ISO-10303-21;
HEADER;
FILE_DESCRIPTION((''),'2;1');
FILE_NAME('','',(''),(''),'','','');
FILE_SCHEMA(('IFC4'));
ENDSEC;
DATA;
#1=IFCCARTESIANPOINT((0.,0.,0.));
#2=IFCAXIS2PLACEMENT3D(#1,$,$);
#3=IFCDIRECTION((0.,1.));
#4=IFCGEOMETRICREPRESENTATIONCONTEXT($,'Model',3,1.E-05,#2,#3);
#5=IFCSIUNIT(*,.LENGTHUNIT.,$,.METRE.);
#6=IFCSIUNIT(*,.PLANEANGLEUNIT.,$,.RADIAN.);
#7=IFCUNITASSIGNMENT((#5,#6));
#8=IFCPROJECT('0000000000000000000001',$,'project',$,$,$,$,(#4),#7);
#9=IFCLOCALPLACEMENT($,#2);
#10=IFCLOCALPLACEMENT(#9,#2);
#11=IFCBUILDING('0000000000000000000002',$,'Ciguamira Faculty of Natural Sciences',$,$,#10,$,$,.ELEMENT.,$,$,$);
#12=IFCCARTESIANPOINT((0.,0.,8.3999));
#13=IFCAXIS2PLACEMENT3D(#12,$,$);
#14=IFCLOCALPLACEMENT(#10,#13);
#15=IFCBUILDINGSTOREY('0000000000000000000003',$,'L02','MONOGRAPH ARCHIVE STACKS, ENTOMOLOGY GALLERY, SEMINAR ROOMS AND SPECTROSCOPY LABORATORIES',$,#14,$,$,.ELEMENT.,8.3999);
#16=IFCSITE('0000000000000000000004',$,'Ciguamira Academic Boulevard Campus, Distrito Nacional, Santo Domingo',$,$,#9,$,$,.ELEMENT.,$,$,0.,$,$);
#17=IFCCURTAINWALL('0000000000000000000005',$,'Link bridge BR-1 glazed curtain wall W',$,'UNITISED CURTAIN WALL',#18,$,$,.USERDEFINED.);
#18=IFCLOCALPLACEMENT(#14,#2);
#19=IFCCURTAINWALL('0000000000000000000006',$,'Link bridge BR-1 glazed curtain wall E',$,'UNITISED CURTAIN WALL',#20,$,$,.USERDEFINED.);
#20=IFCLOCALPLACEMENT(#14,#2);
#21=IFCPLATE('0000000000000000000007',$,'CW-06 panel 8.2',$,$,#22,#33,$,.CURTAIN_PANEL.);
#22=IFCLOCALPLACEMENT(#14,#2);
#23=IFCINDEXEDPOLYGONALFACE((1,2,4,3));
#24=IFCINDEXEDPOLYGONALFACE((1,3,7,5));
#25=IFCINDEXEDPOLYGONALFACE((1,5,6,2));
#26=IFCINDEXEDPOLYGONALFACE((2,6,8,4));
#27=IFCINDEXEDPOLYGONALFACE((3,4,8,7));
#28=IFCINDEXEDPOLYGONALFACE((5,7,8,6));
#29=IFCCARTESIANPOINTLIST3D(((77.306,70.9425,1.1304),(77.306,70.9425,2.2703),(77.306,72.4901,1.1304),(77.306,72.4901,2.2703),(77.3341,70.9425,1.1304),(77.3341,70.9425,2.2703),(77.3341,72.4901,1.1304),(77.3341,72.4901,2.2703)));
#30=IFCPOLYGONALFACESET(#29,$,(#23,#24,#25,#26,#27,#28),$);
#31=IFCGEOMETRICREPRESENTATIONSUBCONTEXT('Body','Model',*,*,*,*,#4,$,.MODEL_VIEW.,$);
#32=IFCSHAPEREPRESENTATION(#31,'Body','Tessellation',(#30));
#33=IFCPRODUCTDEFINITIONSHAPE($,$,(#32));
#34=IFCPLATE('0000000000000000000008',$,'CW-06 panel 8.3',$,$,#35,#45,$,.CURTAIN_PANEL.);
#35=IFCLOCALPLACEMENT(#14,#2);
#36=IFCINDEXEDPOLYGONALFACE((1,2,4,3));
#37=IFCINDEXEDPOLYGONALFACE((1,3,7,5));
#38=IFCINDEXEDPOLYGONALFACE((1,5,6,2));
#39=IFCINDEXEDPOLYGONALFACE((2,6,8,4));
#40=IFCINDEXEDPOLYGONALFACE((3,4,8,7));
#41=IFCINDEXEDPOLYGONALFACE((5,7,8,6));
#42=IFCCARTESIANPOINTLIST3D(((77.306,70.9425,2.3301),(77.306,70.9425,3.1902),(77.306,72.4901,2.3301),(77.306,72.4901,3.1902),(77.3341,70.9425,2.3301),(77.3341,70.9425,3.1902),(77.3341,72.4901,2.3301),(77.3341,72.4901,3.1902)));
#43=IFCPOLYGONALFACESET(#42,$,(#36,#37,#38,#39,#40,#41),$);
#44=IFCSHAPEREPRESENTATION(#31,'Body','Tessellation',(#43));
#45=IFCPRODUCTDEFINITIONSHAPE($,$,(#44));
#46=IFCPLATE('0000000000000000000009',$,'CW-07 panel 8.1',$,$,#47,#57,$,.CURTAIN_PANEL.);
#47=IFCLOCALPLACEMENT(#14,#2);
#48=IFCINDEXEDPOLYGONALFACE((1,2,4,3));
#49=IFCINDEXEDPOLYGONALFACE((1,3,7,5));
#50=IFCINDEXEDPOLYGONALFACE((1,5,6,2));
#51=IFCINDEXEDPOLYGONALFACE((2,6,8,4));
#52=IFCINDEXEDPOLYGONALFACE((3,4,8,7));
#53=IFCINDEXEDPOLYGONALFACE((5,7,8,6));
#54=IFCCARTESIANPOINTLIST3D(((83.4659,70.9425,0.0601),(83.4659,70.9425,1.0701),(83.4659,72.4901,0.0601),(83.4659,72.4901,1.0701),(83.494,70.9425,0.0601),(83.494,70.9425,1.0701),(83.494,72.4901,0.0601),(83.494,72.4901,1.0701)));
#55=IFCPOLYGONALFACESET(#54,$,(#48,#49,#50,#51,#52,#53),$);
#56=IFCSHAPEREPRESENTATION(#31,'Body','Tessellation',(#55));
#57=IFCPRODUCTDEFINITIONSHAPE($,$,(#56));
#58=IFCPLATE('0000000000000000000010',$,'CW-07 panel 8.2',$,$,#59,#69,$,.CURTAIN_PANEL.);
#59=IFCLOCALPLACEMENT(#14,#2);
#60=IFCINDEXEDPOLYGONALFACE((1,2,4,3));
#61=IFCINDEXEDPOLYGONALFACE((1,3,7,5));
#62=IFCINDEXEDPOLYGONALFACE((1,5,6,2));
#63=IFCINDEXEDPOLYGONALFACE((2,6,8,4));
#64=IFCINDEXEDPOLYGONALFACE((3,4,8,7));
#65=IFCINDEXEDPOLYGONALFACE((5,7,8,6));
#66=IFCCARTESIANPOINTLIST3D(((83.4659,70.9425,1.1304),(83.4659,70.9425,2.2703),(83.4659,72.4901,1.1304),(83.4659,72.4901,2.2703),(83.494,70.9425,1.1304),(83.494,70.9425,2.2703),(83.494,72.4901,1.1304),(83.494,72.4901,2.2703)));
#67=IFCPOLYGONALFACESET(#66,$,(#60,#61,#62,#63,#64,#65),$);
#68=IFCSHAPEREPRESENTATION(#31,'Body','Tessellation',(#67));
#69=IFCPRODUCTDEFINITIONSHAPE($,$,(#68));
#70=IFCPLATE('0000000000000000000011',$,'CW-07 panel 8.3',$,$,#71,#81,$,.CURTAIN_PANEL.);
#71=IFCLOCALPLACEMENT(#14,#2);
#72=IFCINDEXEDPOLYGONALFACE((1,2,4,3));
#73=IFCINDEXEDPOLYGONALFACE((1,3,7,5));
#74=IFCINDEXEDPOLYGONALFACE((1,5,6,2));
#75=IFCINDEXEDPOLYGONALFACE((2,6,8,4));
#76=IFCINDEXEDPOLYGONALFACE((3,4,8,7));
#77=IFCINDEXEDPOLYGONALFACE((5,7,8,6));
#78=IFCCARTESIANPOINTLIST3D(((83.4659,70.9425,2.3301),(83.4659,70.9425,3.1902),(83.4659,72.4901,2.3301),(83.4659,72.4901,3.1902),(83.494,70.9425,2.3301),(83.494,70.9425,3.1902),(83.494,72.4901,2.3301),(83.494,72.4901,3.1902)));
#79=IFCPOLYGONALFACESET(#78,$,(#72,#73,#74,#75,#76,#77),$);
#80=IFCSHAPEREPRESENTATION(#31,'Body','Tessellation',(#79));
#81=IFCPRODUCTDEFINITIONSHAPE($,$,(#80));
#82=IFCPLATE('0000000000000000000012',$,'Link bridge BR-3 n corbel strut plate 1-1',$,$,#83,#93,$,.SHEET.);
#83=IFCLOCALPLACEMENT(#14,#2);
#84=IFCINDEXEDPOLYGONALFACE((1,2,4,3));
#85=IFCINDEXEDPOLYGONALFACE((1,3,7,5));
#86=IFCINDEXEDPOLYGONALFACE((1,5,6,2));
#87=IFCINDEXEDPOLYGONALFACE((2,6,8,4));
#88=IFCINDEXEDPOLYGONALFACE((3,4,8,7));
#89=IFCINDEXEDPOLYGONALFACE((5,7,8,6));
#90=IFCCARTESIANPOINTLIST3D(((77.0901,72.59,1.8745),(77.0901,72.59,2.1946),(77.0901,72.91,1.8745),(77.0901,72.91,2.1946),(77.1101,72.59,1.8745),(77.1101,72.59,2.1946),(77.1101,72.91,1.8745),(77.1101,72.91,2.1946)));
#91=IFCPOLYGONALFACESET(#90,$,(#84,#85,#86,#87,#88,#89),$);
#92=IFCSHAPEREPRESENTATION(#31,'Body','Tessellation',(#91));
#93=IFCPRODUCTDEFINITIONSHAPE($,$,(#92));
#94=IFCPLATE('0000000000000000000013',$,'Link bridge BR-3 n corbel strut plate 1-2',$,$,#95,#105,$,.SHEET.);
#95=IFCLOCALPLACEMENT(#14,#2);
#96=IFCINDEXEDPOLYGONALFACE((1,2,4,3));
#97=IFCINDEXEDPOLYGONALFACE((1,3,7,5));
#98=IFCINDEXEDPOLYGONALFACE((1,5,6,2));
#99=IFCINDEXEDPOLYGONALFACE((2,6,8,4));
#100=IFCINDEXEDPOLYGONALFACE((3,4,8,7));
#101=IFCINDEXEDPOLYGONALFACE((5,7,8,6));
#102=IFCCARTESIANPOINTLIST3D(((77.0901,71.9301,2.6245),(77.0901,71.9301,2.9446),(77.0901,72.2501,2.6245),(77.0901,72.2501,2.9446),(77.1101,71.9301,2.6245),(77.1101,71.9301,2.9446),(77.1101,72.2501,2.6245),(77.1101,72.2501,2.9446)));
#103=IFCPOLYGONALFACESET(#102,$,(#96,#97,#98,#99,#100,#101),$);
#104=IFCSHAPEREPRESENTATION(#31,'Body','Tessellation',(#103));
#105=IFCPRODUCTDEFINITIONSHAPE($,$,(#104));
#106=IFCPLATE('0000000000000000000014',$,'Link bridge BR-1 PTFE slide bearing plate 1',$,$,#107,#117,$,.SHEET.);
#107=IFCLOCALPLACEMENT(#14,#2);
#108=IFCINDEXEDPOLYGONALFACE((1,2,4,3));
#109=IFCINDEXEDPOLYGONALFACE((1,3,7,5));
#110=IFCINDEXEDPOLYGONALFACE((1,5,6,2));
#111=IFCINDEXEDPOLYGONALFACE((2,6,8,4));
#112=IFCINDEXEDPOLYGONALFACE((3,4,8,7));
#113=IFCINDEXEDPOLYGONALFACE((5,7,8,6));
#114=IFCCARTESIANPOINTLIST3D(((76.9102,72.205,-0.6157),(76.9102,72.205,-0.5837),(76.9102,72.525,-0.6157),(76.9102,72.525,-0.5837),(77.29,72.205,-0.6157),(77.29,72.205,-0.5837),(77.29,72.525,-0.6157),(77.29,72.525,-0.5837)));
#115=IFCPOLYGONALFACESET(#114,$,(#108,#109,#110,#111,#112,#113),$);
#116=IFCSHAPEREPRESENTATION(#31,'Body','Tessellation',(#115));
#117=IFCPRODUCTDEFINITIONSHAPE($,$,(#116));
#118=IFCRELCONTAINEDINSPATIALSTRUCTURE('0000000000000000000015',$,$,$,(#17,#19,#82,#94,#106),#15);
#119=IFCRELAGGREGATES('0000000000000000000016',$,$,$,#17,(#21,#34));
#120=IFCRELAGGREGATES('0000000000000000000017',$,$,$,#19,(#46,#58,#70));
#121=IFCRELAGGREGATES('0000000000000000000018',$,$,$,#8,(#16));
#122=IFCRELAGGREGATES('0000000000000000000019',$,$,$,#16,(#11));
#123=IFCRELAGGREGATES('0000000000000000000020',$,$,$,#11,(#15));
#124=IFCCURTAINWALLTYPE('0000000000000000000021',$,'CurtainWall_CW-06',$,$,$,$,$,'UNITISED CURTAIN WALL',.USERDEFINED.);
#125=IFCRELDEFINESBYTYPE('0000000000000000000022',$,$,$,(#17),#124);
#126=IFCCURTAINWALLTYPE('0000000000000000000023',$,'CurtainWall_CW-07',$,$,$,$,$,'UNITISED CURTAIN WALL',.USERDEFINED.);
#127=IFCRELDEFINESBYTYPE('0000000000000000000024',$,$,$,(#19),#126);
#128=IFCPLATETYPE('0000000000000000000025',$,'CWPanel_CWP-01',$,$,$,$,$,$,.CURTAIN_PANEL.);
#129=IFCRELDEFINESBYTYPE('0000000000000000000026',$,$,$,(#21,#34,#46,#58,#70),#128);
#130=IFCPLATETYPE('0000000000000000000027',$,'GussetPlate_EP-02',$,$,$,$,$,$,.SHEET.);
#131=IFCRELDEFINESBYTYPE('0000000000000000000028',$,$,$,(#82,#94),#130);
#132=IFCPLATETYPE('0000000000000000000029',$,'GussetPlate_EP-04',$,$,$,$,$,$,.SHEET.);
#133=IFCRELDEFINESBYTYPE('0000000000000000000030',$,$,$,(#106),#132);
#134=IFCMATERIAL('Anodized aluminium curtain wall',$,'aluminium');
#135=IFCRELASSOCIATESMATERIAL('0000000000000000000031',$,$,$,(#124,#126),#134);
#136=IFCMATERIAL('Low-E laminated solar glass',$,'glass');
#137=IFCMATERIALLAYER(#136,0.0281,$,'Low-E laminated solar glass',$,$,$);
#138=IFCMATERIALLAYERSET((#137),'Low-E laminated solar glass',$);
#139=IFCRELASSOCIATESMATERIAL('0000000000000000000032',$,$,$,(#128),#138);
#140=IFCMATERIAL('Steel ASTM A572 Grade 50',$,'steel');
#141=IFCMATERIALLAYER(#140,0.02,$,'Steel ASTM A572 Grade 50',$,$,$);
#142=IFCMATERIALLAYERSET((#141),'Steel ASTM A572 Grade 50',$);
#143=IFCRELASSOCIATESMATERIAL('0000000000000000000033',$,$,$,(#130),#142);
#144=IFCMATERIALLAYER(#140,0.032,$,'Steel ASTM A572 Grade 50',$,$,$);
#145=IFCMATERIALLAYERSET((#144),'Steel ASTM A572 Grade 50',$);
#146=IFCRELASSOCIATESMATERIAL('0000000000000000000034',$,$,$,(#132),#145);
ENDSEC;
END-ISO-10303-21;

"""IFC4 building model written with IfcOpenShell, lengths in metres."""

from ifc_helpers import new_model, si_unit, direction, frame, origin, origin_2d, place, context, subcontext, project, spatial, rectangle, extrude, material, layer, layer_set, type_object, element, aggregate, save


model = new_model("IFC4")

# Units and contexts
model_context = context("Model", 3, precision=1e-05, world=origin(), true_north=direction((0.0, 1.0)))
body_context = subcontext(model_context, "Body", "Model", "MODEL_VIEW")
ifc_project = project(units=[si_unit("LENGTHUNIT", "METRE"), si_unit("PLANEANGLEUNIT", "RADIAN")], contexts=[model_context])

# Site, building, storey
site_placement = place(None, origin())
site = spatial("IfcSite", under=ifc_project, at=site_placement, Name="Ciguamira Academic Boulevard Campus, Distrito Nacional, Santo Domingo", CompositionType="ELEMENT", RefElevation=0.0)
building_placement = place(site_placement, origin())
building = spatial("IfcBuilding", under=site, at=building_placement, Name="Ciguamira Faculty of Natural Sciences", CompositionType="ELEMENT")
storey_placement = place(building_placement, frame((0.0, 0.0, 8.3999)))
storey = spatial("IfcBuildingStorey", under=building, at=storey_placement, Name="L02", Description="MONOGRAPH ARCHIVE STACKS, ENTOMOLOGY GALLERY, SEMINAR ROOMS AND SPECTROSCOPY LABORATORIES", CompositionType="ELEMENT", Elevation=8.3999)

# Curtain walls
ifc_material_1 = material(Name="Anodized aluminium curtain wall", Category="aluminium")
curtain_wall_type_1 = type_object("IfcCurtainWallType", Name="CurtainWall_CW-06", ElementType="UNITISED CURTAIN WALL", PredefinedType="USERDEFINED", material=ifc_material_1)
curtain_wall_1_placement = place(storey_placement, origin())
curtain_wall_1 = element("IfcCurtainWall", 1, at=curtain_wall_1_placement, inside=storey, type_object=curtain_wall_type_1, Name="Link bridge BR-1 glazed curtain wall W", ObjectType="UNITISED CURTAIN WALL", PredefinedType="USERDEFINED")
curtain_wall_type_2 = type_object("IfcCurtainWallType", Name="CurtainWall_CW-07", ElementType="UNITISED CURTAIN WALL", PredefinedType="USERDEFINED", material=ifc_material_1)
curtain_wall_2_placement = place(storey_placement, origin())
curtain_wall_2 = element("IfcCurtainWall", 2, at=curtain_wall_2_placement, inside=storey, type_object=curtain_wall_type_2, Name="Link bridge BR-1 glazed curtain wall E", ObjectType="UNITISED CURTAIN WALL", PredefinedType="USERDEFINED")

# Plates
ifc_material_2 = material(Name="Low-E laminated solar glass", Category="glass")
ifc_layer_1 = layer(ifc_material_2, 0.0281, Name="Low-E laminated solar glass")
ifc_layer_set_1 = layer_set([ifc_layer_1], Name="Low-E laminated solar glass")
plate_type_1 = type_object("IfcPlateType", Name="CWPanel_CWP-01", PredefinedType="CURTAIN_PANEL", material=ifc_layer_set_1)
plate_1_placement = place(storey_placement, frame((77.3201, 71.7163, 1.1304), z_axis=(0.0, 0.0, 1.0), x_axis=(0.0, 1.0, 0.0)))
plate_1 = element("IfcPlate", 3, at=plate_1_placement, type_object=plate_type_1, Name="CW-06 panel 8.2", PredefinedType="CURTAIN_PANEL", context=body_context, shape_type="SweptSolid", body=[
    extrude(rectangle(XDim=1.5476, YDim=0.0281, at=origin_2d()), origin(), (0.0, 0.0, 1.0), 1.1399),
])
plate_2_placement = place(storey_placement, frame((77.3201, 71.7163, 2.3301), z_axis=(0.0, 0.0, 1.0), x_axis=(0.0, 1.0, 0.0)))
plate_2 = element("IfcPlate", 4, at=plate_2_placement, type_object=plate_type_1, Name="CW-06 panel 8.3", PredefinedType="CURTAIN_PANEL", context=body_context, shape_type="SweptSolid", body=[
    extrude(rectangle(XDim=1.5476, YDim=0.0281, at=origin_2d()), origin(), (0.0, 0.0, 1.0), 0.8601),
])
aggregate(curtain_wall_1, [plate_1, plate_2])
plate_3_placement = place(storey_placement, frame((83.48, 71.7163, 0.0601), z_axis=(0.0, 0.0, 1.0), x_axis=(0.0, 1.0, 0.0)))
plate_3 = element("IfcPlate", 5, at=plate_3_placement, type_object=plate_type_1, Name="CW-07 panel 8.1", PredefinedType="CURTAIN_PANEL", context=body_context, shape_type="SweptSolid", body=[
    extrude(rectangle(XDim=1.5476, YDim=0.0281, at=origin_2d()), origin(), (0.0, 0.0, 1.0), 1.01),
])
plate_4_placement = place(storey_placement, frame((83.48, 71.7163, 1.1304), z_axis=(0.0, 0.0, 1.0), x_axis=(0.0, 1.0, 0.0)))
plate_4 = element("IfcPlate", 6, at=plate_4_placement, type_object=plate_type_1, Name="CW-07 panel 8.2", PredefinedType="CURTAIN_PANEL", context=body_context, shape_type="SweptSolid", body=[
    extrude(rectangle(XDim=1.5476, YDim=0.0281, at=origin_2d()), origin(), (0.0, 0.0, 1.0), 1.1399),
])
plate_5_placement = place(storey_placement, frame((83.48, 71.7163, 2.3301), z_axis=(0.0, 0.0, 1.0), x_axis=(0.0, 1.0, 0.0)))
plate_5 = element("IfcPlate", 7, at=plate_5_placement, type_object=plate_type_1, Name="CW-07 panel 8.3", PredefinedType="CURTAIN_PANEL", context=body_context, shape_type="SweptSolid", body=[
    extrude(rectangle(XDim=1.5476, YDim=0.0281, at=origin_2d()), origin(), (0.0, 0.0, 1.0), 0.8601),
])
aggregate(curtain_wall_2, [plate_3, plate_4, plate_5])

# Plates
ifc_material_3 = material(Name="Steel ASTM A572 Grade 50", Category="steel")
ifc_layer_2 = layer(ifc_material_3, 0.02, Name="Steel ASTM A572 Grade 50")
ifc_layer_set_2 = layer_set([ifc_layer_2], Name="Steel ASTM A572 Grade 50")
plate_type_2 = type_object("IfcPlateType", Name="GussetPlate_EP-02", PredefinedType="SHEET", material=ifc_layer_set_2)
for number, where, z_axis, x_axis, name in (
    (8, (77.1001, 72.75, 1.8745), (0.0, 0.0, 1.0), (1.0, 0.0, 0.0), "Link bridge BR-3 n corbel strut plate 1-1"),
    (9, (77.1001, 72.0901, 2.6245), (0.0, 0.0, 1.0), (1.0, 0.0, 0.0), "Link bridge BR-3 n corbel strut plate 1-2"),
):
    element("IfcPlate", number, at=place(storey_placement, frame(where, z_axis=z_axis, x_axis=x_axis)), inside=storey, type_object=plate_type_2, Name=name, PredefinedType="SHEET", context=body_context, shape_type="SweptSolid", body=[
        extrude(rectangle(XDim=0.02, YDim=0.3201, at=origin_2d()), origin(), (0.0, 0.0, 1.0), 0.3201),
    ])
ifc_layer_3 = layer(ifc_material_3, 0.032, Name="Steel ASTM A572 Grade 50")
ifc_layer_set_3 = layer_set([ifc_layer_3], Name="Steel ASTM A572 Grade 50")
plate_type_3 = type_object("IfcPlateType", Name="GussetPlate_EP-04", PredefinedType="SHEET", material=ifc_layer_set_3)
plate_6_placement = place(storey_placement, frame((77.1001, 72.365, -0.6157), z_axis=(0.0, 0.0, 1.0), x_axis=(1.0, 0.0, 0.0)))
element("IfcPlate", 10, at=plate_6_placement, inside=storey, type_object=plate_type_3, Name="Link bridge BR-1 PTFE slide bearing plate 1", PredefinedType="SHEET", context=body_context, shape_type="SweptSolid", body=[
    extrude(rectangle(XDim=0.3799, YDim=0.3201, at=origin_2d()), origin(), (0.0, 0.0, 1.0), 0.032),
])

save(model, "model.ifc")
